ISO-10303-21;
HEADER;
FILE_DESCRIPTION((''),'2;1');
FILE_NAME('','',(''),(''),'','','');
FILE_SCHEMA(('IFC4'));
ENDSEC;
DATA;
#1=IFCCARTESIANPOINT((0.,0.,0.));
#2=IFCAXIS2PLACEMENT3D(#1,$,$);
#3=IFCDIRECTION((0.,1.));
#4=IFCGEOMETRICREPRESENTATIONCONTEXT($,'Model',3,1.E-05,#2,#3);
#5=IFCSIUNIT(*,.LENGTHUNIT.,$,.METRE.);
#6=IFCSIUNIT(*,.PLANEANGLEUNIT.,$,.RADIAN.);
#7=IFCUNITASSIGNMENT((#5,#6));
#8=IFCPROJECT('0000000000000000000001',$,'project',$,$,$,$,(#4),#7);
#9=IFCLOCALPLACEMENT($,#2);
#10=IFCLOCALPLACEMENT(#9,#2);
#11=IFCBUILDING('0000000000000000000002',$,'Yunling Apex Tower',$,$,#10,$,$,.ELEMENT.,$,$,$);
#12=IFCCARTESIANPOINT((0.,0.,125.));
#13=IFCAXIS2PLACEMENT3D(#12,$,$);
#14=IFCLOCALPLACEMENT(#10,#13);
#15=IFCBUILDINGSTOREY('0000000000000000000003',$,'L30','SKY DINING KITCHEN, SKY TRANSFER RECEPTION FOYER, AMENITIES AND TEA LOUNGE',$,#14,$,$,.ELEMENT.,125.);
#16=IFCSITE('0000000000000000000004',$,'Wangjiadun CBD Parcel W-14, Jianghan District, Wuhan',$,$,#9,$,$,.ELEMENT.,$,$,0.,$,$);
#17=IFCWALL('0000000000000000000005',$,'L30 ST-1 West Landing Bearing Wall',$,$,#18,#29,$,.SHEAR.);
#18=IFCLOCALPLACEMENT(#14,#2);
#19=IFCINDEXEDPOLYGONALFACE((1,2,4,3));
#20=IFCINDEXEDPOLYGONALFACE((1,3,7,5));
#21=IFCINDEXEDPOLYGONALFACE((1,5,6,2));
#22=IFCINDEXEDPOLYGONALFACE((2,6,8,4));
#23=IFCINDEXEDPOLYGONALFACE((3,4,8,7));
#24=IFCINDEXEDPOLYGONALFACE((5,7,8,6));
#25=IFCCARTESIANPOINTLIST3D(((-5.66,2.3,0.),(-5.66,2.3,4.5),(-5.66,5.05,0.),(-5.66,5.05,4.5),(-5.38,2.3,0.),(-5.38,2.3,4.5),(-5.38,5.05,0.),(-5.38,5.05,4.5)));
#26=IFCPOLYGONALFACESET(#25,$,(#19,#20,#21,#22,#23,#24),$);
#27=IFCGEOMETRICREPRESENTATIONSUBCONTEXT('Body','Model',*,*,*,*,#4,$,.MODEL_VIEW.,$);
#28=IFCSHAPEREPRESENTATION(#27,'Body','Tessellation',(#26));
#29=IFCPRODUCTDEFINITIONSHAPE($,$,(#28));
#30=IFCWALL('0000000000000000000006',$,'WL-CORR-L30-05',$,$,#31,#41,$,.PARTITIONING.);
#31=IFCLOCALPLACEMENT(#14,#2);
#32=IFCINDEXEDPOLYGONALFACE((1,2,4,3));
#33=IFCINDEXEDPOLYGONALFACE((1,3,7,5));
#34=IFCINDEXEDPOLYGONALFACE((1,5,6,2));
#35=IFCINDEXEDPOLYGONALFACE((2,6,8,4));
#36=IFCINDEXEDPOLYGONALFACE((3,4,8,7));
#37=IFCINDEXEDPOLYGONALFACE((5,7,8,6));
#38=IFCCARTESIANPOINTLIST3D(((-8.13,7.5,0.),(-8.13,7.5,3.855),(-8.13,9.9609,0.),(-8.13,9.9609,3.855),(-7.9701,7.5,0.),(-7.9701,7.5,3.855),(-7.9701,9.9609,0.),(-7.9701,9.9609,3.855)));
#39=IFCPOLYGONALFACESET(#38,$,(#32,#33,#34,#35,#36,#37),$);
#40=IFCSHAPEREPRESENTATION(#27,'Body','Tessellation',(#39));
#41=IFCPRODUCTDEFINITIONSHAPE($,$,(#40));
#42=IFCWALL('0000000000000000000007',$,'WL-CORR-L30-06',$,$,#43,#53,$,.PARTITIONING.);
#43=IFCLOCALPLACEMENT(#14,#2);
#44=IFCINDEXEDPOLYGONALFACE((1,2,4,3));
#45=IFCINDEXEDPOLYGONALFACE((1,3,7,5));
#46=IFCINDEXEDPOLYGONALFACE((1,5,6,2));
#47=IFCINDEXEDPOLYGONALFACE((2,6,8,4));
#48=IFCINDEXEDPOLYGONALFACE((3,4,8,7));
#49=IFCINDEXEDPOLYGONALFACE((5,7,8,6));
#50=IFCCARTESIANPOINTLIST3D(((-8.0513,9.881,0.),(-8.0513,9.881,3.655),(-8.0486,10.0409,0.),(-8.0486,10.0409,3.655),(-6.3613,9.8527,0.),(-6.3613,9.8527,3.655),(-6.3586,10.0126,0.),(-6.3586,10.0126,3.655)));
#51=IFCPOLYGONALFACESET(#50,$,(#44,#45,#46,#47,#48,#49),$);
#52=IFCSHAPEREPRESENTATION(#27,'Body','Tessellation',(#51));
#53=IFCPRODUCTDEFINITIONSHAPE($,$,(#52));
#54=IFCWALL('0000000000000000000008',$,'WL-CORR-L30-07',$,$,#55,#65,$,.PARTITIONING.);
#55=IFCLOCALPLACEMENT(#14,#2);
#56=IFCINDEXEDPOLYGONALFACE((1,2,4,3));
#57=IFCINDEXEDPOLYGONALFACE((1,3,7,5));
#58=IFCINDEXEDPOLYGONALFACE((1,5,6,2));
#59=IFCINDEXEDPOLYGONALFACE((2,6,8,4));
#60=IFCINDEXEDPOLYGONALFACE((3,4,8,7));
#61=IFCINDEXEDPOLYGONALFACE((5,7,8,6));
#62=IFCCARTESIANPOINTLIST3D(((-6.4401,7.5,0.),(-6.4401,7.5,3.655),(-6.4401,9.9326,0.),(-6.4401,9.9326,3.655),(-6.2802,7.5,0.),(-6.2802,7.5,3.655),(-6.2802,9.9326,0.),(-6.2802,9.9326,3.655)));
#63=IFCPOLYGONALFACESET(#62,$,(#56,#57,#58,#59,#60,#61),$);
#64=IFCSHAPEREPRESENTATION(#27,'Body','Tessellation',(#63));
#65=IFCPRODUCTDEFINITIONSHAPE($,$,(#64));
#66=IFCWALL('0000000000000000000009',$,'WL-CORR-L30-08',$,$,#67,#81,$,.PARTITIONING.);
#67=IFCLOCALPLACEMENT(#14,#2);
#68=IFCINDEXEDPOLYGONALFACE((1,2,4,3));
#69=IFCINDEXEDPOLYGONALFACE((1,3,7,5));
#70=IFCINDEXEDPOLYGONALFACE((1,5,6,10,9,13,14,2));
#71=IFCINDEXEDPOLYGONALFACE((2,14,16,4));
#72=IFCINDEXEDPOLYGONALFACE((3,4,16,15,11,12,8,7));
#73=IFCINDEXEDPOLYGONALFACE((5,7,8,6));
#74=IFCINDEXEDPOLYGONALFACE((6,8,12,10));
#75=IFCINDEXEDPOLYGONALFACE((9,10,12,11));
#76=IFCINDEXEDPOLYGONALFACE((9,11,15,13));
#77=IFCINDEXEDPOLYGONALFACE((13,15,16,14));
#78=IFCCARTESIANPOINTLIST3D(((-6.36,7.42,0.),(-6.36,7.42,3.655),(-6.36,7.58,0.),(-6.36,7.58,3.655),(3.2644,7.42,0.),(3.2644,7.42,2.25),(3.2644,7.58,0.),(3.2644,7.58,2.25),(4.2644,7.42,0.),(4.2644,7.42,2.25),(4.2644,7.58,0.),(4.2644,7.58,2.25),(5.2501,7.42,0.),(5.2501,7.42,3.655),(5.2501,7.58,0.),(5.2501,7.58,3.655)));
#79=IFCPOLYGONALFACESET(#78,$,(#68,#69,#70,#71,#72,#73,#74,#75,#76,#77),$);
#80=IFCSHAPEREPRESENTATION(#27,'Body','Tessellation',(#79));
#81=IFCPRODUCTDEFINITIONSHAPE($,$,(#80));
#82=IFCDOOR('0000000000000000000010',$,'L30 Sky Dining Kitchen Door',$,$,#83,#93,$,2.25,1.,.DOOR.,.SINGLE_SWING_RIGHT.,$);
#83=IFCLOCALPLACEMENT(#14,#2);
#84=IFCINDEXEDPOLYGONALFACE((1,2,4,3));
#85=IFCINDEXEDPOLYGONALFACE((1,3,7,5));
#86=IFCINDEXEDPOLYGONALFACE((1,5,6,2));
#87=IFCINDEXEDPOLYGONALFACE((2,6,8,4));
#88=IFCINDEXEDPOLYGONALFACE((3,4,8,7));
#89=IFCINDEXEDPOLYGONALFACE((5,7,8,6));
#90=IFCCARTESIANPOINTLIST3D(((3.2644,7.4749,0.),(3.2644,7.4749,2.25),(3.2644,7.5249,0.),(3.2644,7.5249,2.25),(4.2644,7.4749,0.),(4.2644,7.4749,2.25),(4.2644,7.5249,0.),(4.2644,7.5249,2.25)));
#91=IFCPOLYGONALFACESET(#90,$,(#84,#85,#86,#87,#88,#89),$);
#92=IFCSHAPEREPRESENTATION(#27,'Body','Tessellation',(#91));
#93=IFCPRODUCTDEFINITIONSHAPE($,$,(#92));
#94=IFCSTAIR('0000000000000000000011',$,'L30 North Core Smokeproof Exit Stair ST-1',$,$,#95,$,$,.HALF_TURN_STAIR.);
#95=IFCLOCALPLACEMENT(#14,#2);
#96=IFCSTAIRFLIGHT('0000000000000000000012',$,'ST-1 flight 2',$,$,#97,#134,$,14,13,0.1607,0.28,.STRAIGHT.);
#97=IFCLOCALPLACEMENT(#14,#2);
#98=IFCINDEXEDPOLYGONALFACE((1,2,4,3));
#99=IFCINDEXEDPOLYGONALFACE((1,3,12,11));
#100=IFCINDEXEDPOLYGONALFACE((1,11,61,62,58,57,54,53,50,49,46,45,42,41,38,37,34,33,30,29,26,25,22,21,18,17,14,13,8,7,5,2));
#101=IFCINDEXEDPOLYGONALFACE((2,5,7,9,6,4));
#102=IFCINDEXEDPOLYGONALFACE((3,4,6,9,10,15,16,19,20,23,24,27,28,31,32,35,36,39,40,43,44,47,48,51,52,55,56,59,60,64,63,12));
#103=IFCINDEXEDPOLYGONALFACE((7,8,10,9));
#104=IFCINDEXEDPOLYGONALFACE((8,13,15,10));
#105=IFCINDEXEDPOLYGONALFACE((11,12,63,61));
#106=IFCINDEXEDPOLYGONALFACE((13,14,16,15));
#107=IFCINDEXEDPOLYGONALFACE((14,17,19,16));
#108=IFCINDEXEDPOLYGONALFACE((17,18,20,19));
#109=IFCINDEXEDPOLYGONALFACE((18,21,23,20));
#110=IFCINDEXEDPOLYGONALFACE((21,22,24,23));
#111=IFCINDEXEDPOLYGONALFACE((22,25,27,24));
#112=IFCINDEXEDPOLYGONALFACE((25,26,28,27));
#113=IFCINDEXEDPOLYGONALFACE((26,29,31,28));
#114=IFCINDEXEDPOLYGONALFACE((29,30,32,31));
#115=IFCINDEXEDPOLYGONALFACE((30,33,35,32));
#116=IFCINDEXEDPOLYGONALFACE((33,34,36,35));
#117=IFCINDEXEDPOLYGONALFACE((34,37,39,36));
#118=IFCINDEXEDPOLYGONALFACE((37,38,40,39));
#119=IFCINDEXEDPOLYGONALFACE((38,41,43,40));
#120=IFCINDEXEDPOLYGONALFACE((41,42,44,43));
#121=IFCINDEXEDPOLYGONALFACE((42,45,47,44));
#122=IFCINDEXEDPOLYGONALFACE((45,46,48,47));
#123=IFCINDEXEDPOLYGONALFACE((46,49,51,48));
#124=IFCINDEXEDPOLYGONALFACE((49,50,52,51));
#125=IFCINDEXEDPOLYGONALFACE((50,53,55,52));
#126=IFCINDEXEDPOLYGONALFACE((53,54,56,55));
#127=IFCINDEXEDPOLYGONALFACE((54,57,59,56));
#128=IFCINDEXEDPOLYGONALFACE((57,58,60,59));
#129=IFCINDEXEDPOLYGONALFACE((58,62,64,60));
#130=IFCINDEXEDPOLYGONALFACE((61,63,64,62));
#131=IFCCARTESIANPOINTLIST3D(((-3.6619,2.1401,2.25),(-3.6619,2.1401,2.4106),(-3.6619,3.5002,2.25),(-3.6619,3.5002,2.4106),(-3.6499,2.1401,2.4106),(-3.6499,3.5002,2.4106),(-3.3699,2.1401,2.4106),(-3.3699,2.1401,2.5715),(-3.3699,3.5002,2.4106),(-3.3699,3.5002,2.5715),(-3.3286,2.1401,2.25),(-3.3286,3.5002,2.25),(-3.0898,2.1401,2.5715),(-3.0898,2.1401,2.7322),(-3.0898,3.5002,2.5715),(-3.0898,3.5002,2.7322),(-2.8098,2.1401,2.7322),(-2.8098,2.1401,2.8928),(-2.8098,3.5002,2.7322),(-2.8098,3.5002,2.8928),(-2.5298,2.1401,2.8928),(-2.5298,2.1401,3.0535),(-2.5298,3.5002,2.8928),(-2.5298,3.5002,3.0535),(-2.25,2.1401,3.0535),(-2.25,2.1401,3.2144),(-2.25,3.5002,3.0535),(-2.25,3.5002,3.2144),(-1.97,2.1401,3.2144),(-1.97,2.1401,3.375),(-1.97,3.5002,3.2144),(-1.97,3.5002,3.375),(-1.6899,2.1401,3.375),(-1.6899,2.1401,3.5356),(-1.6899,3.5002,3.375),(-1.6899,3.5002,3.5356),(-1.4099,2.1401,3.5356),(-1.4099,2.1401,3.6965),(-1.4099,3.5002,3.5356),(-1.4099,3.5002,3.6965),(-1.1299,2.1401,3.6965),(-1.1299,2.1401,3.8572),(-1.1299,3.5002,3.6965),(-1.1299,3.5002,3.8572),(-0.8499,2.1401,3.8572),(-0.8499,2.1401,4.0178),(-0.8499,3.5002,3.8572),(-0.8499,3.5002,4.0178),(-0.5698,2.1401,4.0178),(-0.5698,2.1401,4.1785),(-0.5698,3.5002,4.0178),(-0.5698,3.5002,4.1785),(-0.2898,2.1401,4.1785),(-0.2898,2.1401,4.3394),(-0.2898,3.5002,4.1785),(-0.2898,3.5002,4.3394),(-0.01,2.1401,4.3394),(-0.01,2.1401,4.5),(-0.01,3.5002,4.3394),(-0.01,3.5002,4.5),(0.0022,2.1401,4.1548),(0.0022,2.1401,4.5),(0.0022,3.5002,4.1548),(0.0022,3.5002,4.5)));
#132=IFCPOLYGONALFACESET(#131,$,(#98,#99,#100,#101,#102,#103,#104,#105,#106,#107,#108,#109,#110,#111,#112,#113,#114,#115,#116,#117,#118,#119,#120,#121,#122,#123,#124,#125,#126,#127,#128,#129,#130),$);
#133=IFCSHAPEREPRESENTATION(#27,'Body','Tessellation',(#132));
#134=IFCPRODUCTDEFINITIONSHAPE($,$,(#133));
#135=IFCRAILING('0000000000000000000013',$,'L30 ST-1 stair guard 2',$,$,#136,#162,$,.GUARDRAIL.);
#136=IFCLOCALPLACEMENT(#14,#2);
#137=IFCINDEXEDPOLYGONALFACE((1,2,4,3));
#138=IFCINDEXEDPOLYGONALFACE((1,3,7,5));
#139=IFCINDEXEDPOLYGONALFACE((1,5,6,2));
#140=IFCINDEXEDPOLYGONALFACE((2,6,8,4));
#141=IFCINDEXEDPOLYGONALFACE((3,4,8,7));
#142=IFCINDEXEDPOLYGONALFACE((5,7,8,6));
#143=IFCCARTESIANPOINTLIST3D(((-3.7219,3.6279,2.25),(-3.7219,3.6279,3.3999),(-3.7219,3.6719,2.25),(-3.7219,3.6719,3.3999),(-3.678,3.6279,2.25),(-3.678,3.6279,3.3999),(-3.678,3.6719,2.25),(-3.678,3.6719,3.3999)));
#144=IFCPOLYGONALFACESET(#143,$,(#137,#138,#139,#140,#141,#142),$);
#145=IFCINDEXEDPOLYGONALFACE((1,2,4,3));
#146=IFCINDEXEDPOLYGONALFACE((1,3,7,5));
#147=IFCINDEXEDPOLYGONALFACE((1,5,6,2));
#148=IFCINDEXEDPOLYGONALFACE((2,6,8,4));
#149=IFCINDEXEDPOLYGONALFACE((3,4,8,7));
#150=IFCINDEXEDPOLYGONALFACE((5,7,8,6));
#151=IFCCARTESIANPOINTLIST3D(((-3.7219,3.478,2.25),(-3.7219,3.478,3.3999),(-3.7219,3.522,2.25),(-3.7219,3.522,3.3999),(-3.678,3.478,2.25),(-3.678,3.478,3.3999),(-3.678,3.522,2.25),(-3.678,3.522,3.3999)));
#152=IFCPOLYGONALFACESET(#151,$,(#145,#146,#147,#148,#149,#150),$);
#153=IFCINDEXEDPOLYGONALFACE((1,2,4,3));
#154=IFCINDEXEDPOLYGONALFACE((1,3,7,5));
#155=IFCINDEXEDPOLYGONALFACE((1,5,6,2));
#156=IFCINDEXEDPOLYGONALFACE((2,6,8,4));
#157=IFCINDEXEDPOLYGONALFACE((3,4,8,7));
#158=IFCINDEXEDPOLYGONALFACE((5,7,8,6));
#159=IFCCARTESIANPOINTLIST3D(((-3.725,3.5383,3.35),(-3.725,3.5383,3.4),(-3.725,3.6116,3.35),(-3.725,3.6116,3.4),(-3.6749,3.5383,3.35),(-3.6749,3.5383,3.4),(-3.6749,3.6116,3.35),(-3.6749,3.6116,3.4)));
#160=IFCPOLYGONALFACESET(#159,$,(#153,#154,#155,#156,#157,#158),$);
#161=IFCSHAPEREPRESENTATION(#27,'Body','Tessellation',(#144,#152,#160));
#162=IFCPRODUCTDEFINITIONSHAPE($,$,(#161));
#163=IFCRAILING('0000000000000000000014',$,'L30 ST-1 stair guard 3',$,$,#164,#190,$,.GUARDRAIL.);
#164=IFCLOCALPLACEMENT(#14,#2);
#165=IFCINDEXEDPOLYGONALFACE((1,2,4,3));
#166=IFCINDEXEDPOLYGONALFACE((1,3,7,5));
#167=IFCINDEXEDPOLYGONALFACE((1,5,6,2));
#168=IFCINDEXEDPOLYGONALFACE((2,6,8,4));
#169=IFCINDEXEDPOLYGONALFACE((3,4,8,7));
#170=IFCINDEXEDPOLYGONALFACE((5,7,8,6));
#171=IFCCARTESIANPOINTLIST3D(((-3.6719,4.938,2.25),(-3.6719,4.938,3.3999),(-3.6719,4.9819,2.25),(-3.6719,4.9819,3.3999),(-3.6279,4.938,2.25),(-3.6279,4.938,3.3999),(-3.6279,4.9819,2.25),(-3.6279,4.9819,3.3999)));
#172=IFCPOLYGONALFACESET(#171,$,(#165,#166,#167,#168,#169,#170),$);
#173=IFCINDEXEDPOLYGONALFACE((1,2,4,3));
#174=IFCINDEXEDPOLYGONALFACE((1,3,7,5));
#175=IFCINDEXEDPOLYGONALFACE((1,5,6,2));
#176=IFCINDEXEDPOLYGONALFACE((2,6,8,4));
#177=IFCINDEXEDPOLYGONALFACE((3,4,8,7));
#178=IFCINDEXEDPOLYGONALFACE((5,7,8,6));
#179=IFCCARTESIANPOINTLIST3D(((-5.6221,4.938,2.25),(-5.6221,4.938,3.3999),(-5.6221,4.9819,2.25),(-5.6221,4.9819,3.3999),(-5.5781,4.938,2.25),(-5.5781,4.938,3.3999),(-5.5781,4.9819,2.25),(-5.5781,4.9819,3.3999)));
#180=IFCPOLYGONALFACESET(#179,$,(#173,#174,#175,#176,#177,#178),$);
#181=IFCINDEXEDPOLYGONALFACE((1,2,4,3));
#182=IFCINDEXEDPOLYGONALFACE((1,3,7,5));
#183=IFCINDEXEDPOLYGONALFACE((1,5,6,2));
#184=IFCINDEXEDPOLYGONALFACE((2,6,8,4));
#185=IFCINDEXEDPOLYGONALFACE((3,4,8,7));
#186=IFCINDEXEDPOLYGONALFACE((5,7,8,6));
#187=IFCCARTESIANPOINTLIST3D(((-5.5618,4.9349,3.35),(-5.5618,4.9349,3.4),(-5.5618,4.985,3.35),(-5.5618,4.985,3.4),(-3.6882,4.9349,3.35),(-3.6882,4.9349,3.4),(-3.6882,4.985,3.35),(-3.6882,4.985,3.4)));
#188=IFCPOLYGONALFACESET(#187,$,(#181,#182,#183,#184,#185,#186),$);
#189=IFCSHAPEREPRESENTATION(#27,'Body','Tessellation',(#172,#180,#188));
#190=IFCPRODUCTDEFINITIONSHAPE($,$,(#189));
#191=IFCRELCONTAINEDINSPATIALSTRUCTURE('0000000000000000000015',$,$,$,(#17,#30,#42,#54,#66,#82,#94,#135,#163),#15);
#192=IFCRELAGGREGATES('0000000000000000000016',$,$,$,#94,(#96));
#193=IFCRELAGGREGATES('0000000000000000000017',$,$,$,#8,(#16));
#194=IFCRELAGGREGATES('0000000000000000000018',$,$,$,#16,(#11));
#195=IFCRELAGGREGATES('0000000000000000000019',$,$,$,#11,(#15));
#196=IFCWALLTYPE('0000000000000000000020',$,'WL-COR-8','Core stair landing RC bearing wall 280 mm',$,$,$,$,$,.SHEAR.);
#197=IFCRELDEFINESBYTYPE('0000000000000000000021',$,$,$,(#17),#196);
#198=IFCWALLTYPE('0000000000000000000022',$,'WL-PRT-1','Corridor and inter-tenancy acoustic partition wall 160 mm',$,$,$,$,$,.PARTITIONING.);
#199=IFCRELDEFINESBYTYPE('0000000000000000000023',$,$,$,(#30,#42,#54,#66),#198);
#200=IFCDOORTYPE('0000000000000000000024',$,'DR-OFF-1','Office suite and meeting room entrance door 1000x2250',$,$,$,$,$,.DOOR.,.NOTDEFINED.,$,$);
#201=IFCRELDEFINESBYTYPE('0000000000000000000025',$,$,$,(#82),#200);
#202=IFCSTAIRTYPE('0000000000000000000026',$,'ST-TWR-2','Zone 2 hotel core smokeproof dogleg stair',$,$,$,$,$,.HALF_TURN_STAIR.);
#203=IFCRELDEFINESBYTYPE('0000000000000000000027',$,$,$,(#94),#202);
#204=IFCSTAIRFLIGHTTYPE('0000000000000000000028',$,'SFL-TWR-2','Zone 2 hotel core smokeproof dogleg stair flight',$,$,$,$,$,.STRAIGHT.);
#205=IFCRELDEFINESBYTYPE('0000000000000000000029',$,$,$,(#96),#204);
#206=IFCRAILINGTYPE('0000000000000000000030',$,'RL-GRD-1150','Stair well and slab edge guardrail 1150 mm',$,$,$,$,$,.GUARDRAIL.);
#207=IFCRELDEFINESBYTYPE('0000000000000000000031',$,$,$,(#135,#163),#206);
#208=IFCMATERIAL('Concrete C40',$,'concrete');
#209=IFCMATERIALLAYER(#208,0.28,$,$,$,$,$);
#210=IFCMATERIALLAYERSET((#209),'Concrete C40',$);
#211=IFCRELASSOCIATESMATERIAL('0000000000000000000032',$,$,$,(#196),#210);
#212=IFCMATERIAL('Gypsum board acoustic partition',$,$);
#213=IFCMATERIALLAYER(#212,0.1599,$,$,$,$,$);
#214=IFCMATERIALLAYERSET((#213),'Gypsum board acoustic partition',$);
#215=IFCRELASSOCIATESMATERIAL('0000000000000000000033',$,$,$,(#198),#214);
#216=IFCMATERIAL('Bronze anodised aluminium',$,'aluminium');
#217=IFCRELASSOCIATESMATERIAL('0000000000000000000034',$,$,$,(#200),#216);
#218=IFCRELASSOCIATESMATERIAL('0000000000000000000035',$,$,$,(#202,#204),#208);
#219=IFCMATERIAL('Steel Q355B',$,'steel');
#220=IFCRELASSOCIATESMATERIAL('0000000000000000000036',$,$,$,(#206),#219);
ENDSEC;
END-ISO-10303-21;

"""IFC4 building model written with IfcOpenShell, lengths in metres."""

from ifc_helpers import new_model, si_unit, direction, frame, frame_2d, origin, origin_2d, place, context, subcontext, project, spatial, polyline, rectangle, outline, extrude, material, layer, layer_set, type_object, element, fill, aggregate, save


model = new_model("IFC4")

# Units and contexts
model_context = context("Model", 3, precision=1e-05, world=origin(), true_north=direction((0.0, 1.0)))
body_context = subcontext(model_context, "Body", "Model", "MODEL_VIEW")
ifc_project = project(units=[si_unit("LENGTHUNIT", "METRE"), si_unit("PLANEANGLEUNIT", "RADIAN")], contexts=[model_context])

# Site, building, storey
site_placement = place(None, origin())
site = spatial("IfcSite", under=ifc_project, at=site_placement, Name="Wangjiadun CBD Parcel W-14, Jianghan District, Wuhan", CompositionType="ELEMENT", RefElevation=0.0)
building_placement = place(site_placement, origin())
building = spatial("IfcBuilding", under=site, at=building_placement, Name="Yunling Apex Tower", CompositionType="ELEMENT")
storey_placement = place(building_placement, frame((0.0, 0.0, 125.0)))
storey = spatial("IfcBuildingStorey", under=building, at=storey_placement, Name="L30", Description="SKY DINING KITCHEN, SKY TRANSFER RECEPTION FOYER, AMENITIES AND TEA LOUNGE", CompositionType="ELEMENT", Elevation=125.0)

# Shared definitions
ifc_material_1 = material(Name="Steel Q355B", Category="steel")

# Shared definitions
ifc_material_2 = material(Name="Bronze anodised aluminium", Category="aluminium")

# Walls
ifc_material_3 = material(Name="Concrete C40", Category="concrete")
ifc_layer_1 = layer(ifc_material_3, 0.28)
ifc_layer_set_1 = layer_set([ifc_layer_1], Name="Concrete C40")
wall_type_1 = type_object("IfcWallType", Name="WL-COR-8", Description="Core stair landing RC bearing wall 280 mm", PredefinedType="SHEAR", material=ifc_layer_set_1)
wall_1_placement = place(storey_placement, frame((-5.52, 2.3, 0.0), z_axis=(0.0, 0.0, 1.0), x_axis=(0.0, 1.0, 0.0)))
element("IfcWall", 1, at=wall_1_placement, inside=storey, type_object=wall_type_1, Name="L30 ST-1 West Landing Bearing Wall", PredefinedType="SHEAR", context=body_context, shape_type="SweptSolid", body=[
    extrude(rectangle(XDim=2.75, YDim=0.28, at=frame_2d((1.375, 0.0))), origin(), (0.0, 0.0, 1.0), 4.5),
])
ifc_material_4 = material(Name="Gypsum board acoustic partition")
ifc_layer_2 = layer(ifc_material_4, 0.1599)
ifc_layer_set_2 = layer_set([ifc_layer_2], Name="Gypsum board acoustic partition")
wall_type_2 = type_object("IfcWallType", Name="WL-PRT-1", Description="Corridor and inter-tenancy acoustic partition wall 160 mm", PredefinedType="PARTITIONING", material=ifc_layer_set_2)
wall_2_placement = place(storey_placement, frame((-8.05, 7.5, 0.0), z_axis=(0.0, 0.0, 1.0), x_axis=(0.0, 1.0, 0.0)))
element("IfcWall", 2, at=wall_2_placement, inside=storey, type_object=wall_type_2, Name="WL-CORR-L30-05", PredefinedType="PARTITIONING", context=body_context, shape_type="SweptSolid", body=[
    extrude(rectangle(XDim=2.4609, YDim=0.1599, at=frame_2d((1.2305, 0.0))), origin(), (0.0, 0.0, 1.0), 3.855),
])
wall_3_placement = place(storey_placement, frame((-8.05, 9.9609, 0.0), z_axis=(0.0, 0.0, 1.0), x_axis=(0.99986, -0.016756, 0.0)))
element("IfcWall", 3, at=wall_3_placement, inside=storey, type_object=wall_type_2, Name="WL-CORR-L30-06", PredefinedType="PARTITIONING", context=body_context, shape_type="SweptSolid", body=[
    extrude(rectangle(XDim=1.6902, YDim=0.1599, at=frame_2d((0.8452, 0.0))), origin(), (0.0, 0.0, 1.0), 3.655),
])
wall_4_placement = place(storey_placement, frame((-6.3601, 9.9326, 0.0), z_axis=(0.0, 0.0, 1.0), x_axis=(0.0, -1.0, 0.0)))
element("IfcWall", 4, at=wall_4_placement, inside=storey, type_object=wall_type_2, Name="WL-CORR-L30-07", PredefinedType="PARTITIONING", context=body_context, shape_type="SweptSolid", body=[
    extrude(rectangle(XDim=2.4326, YDim=0.1599, at=frame_2d((1.2163, 0.0))), origin(), (0.0, 0.0, 1.0), 3.655),
])

# Wall, opening, door
wall_5_placement = place(storey_placement, frame((-6.3601, 7.5, 0.0), z_axis=(0.0, 0.0, 1.0), x_axis=(1.0, 0.0, 0.0)))
wall_5 = element("IfcWall", 5, at=wall_5_placement, inside=storey, type_object=wall_type_2, Name="WL-CORR-L30-08", PredefinedType="PARTITIONING", context=body_context, shape_type="SweptSolid", body=[
    extrude(rectangle(XDim=11.6101, YDim=0.1599, at=frame_2d((5.8052, 0.0))), origin(), (0.0, 0.0, 1.0), 3.655),
])
opening_1_placement = place(wall_5_placement, frame((9.6245, 0.0, 0.0)))
opening_1 = element("IfcOpeningElement", 6, at=opening_1_placement, cuts=wall_5, PredefinedType="OPENING", context=body_context, shape_type="SweptSolid", body=[
    extrude(rectangle(XDim=1.0, YDim=2.25, at=frame_2d((0.5, 1.125))), frame((0.0, 0.0898, 0.0), z_axis=(0.0, -1.0, 0.0), x_axis=(1.0, 0.0, 0.0)), (0.0, 0.0, 1.0), 0.1799),
])
door_type_1 = type_object("IfcDoorType", Name="DR-OFF-1", Description="Office suite and meeting room entrance door 1000x2250", OperationType="NOTDEFINED", PredefinedType="DOOR", material=ifc_material_2)
door_1_placement = place(opening_1_placement, origin())
door_1 = element("IfcDoor", 7, at=door_1_placement, inside=storey, type_object=door_type_1, Name="L30 Sky Dining Kitchen Door", OperationType="SINGLE_SWING_RIGHT", OverallHeight=2.25, OverallWidth=1.0, PredefinedType="DOOR", context=body_context, shape_type="SweptSolid", body=[
    extrude(rectangle(XDim=1.0, YDim=2.25, at=frame_2d((0.5, 1.125))), frame((0.0, 0.0249, 0.0), z_axis=(0.0, -1.0, 0.0), x_axis=(1.0, 0.0, 0.0)), (0.0, 0.0, 1.0), 0.05),
])
fill(opening_1, door_1)

# Stair, stair flight
stair_type = type_object("IfcStairType", Name="ST-TWR-2", Description="Zone 2 hotel core smokeproof dogleg stair", PredefinedType="HALF_TURN_STAIR", material=ifc_material_3)
stair_placement = place(storey_placement, origin())
stair = element("IfcStair", 8, at=stair_placement, inside=storey, type_object=stair_type, Name="L30 North Core Smokeproof Exit Stair ST-1", PredefinedType="HALF_TURN_STAIR")
stair_flight_type = type_object("IfcStairFlightType", Name="SFL-TWR-2", Description="Zone 2 hotel core smokeproof dogleg stair flight", PredefinedType="STRAIGHT", material=ifc_material_3)
stair_flight_placement = place(storey_placement, frame((-3.6499, 2.8201, 2.25), z_axis=(0.0, 0.0, 1.0), x_axis=(1.0, 0.0, 0.0)))
stair_flight = element("IfcStairFlight", 9, at=stair_flight_placement, type_object=stair_flight_type, Name="ST-1 flight 2", NumberOfRisers=14, NumberOfTreads=13, PredefinedType="STRAIGHT", RiserHeight=0.1607, TreadLength=0.28, context=body_context, shape_type="SweptSolid", body=[
    extrude(outline(polyline([(-0.012, 0.0), (-0.012, 0.1606), (0.0, 0.1606), (0.28, 0.1606), (0.28, 0.3215), (0.5601, 0.3215), (0.5601, 0.4822), (0.8401, 0.4822), (0.8401, 0.6428), (1.1201, 0.6428), (1.1201, 0.8035), (1.3999, 0.8035), (1.3999, 0.9644), (1.6799, 0.9644), (1.6799, 1.125), (1.96, 1.125), (1.96, 1.2856), (2.24, 1.2856), (2.24, 1.4465), (2.52, 1.4465), (2.52, 1.6072), (2.8, 1.6072), (2.8, 1.7678), (3.0801, 1.7678), (3.0801, 1.9285), (3.3601, 1.9285), (3.3601, 2.0894), (3.6399, 2.0894), (3.6399, 2.25), (3.6521, 2.25), (3.6521, 1.9048), (0.3213, 0.0), (-0.012, 0.0)])), frame((0.0, 0.6802, 0.0), z_axis=(0.0, -1.0, 0.0), x_axis=(1.0, 0.0, 0.0)), (0.0, 0.0, 1.0), 1.3601),
])
aggregate(stair, [stair_flight])

# Railings
railing_type_1 = type_object("IfcRailingType", Name="RL-GRD-1150", Description="Stair well and slab edge guardrail 1150 mm", PredefinedType="GUARDRAIL", material=ifc_material_1)
railing_1_placement = place(storey_placement, frame((-3.7, 3.6499, 2.25)))
element("IfcRailing", 10, at=railing_1_placement, inside=storey, type_object=railing_type_1, Name="L30 ST-1 stair guard 2", PredefinedType="GUARDRAIL", context=body_context, shape_type="SweptSolid", body=[
    extrude(rectangle(XDim=0.0439, YDim=0.0439, at=origin_2d()), origin(), (0.0, 0.0, 1.0), 1.1499),
    extrude(rectangle(XDim=0.0439, YDim=0.0439, at=origin_2d()), frame((0.0, -0.1499, 0.0)), (0.0, 0.0, 1.0), 1.1499),
    extrude(rectangle(XDim=0.05, YDim=0.05, at=origin_2d()), frame((0.0, -0.0383, 1.125), z_axis=(0.0, -1.0, 0.0), x_axis=(1.0, 0.0, 0.0)), (0.0, 0.0, 1.0), 0.0732),
])
railing_2_placement = place(storey_placement, frame((-3.6499, 4.96, 2.25)))
element("IfcRailing", 11, at=railing_2_placement, inside=storey, type_object=railing_type_1, Name="L30 ST-1 stair guard 3", PredefinedType="GUARDRAIL", context=body_context, shape_type="SweptSolid", body=[
    extrude(rectangle(XDim=0.0439, YDim=0.0439, at=origin_2d()), origin(), (0.0, 0.0, 1.0), 1.1499),
    extrude(rectangle(XDim=0.0439, YDim=0.0439, at=origin_2d()), frame((-1.9502, 0.0, 0.0)), (0.0, 0.0, 1.0), 1.1499),
    extrude(rectangle(XDim=0.05, YDim=0.05, at=origin_2d()), frame((-0.0383, 0.0, 1.125), z_axis=(-1.0, 0.0, 0.0), x_axis=(0.0, -1.0, 0.0)), (0.0, 0.0, 1.0), 1.8735),
])

save(model, "model.ifc")
